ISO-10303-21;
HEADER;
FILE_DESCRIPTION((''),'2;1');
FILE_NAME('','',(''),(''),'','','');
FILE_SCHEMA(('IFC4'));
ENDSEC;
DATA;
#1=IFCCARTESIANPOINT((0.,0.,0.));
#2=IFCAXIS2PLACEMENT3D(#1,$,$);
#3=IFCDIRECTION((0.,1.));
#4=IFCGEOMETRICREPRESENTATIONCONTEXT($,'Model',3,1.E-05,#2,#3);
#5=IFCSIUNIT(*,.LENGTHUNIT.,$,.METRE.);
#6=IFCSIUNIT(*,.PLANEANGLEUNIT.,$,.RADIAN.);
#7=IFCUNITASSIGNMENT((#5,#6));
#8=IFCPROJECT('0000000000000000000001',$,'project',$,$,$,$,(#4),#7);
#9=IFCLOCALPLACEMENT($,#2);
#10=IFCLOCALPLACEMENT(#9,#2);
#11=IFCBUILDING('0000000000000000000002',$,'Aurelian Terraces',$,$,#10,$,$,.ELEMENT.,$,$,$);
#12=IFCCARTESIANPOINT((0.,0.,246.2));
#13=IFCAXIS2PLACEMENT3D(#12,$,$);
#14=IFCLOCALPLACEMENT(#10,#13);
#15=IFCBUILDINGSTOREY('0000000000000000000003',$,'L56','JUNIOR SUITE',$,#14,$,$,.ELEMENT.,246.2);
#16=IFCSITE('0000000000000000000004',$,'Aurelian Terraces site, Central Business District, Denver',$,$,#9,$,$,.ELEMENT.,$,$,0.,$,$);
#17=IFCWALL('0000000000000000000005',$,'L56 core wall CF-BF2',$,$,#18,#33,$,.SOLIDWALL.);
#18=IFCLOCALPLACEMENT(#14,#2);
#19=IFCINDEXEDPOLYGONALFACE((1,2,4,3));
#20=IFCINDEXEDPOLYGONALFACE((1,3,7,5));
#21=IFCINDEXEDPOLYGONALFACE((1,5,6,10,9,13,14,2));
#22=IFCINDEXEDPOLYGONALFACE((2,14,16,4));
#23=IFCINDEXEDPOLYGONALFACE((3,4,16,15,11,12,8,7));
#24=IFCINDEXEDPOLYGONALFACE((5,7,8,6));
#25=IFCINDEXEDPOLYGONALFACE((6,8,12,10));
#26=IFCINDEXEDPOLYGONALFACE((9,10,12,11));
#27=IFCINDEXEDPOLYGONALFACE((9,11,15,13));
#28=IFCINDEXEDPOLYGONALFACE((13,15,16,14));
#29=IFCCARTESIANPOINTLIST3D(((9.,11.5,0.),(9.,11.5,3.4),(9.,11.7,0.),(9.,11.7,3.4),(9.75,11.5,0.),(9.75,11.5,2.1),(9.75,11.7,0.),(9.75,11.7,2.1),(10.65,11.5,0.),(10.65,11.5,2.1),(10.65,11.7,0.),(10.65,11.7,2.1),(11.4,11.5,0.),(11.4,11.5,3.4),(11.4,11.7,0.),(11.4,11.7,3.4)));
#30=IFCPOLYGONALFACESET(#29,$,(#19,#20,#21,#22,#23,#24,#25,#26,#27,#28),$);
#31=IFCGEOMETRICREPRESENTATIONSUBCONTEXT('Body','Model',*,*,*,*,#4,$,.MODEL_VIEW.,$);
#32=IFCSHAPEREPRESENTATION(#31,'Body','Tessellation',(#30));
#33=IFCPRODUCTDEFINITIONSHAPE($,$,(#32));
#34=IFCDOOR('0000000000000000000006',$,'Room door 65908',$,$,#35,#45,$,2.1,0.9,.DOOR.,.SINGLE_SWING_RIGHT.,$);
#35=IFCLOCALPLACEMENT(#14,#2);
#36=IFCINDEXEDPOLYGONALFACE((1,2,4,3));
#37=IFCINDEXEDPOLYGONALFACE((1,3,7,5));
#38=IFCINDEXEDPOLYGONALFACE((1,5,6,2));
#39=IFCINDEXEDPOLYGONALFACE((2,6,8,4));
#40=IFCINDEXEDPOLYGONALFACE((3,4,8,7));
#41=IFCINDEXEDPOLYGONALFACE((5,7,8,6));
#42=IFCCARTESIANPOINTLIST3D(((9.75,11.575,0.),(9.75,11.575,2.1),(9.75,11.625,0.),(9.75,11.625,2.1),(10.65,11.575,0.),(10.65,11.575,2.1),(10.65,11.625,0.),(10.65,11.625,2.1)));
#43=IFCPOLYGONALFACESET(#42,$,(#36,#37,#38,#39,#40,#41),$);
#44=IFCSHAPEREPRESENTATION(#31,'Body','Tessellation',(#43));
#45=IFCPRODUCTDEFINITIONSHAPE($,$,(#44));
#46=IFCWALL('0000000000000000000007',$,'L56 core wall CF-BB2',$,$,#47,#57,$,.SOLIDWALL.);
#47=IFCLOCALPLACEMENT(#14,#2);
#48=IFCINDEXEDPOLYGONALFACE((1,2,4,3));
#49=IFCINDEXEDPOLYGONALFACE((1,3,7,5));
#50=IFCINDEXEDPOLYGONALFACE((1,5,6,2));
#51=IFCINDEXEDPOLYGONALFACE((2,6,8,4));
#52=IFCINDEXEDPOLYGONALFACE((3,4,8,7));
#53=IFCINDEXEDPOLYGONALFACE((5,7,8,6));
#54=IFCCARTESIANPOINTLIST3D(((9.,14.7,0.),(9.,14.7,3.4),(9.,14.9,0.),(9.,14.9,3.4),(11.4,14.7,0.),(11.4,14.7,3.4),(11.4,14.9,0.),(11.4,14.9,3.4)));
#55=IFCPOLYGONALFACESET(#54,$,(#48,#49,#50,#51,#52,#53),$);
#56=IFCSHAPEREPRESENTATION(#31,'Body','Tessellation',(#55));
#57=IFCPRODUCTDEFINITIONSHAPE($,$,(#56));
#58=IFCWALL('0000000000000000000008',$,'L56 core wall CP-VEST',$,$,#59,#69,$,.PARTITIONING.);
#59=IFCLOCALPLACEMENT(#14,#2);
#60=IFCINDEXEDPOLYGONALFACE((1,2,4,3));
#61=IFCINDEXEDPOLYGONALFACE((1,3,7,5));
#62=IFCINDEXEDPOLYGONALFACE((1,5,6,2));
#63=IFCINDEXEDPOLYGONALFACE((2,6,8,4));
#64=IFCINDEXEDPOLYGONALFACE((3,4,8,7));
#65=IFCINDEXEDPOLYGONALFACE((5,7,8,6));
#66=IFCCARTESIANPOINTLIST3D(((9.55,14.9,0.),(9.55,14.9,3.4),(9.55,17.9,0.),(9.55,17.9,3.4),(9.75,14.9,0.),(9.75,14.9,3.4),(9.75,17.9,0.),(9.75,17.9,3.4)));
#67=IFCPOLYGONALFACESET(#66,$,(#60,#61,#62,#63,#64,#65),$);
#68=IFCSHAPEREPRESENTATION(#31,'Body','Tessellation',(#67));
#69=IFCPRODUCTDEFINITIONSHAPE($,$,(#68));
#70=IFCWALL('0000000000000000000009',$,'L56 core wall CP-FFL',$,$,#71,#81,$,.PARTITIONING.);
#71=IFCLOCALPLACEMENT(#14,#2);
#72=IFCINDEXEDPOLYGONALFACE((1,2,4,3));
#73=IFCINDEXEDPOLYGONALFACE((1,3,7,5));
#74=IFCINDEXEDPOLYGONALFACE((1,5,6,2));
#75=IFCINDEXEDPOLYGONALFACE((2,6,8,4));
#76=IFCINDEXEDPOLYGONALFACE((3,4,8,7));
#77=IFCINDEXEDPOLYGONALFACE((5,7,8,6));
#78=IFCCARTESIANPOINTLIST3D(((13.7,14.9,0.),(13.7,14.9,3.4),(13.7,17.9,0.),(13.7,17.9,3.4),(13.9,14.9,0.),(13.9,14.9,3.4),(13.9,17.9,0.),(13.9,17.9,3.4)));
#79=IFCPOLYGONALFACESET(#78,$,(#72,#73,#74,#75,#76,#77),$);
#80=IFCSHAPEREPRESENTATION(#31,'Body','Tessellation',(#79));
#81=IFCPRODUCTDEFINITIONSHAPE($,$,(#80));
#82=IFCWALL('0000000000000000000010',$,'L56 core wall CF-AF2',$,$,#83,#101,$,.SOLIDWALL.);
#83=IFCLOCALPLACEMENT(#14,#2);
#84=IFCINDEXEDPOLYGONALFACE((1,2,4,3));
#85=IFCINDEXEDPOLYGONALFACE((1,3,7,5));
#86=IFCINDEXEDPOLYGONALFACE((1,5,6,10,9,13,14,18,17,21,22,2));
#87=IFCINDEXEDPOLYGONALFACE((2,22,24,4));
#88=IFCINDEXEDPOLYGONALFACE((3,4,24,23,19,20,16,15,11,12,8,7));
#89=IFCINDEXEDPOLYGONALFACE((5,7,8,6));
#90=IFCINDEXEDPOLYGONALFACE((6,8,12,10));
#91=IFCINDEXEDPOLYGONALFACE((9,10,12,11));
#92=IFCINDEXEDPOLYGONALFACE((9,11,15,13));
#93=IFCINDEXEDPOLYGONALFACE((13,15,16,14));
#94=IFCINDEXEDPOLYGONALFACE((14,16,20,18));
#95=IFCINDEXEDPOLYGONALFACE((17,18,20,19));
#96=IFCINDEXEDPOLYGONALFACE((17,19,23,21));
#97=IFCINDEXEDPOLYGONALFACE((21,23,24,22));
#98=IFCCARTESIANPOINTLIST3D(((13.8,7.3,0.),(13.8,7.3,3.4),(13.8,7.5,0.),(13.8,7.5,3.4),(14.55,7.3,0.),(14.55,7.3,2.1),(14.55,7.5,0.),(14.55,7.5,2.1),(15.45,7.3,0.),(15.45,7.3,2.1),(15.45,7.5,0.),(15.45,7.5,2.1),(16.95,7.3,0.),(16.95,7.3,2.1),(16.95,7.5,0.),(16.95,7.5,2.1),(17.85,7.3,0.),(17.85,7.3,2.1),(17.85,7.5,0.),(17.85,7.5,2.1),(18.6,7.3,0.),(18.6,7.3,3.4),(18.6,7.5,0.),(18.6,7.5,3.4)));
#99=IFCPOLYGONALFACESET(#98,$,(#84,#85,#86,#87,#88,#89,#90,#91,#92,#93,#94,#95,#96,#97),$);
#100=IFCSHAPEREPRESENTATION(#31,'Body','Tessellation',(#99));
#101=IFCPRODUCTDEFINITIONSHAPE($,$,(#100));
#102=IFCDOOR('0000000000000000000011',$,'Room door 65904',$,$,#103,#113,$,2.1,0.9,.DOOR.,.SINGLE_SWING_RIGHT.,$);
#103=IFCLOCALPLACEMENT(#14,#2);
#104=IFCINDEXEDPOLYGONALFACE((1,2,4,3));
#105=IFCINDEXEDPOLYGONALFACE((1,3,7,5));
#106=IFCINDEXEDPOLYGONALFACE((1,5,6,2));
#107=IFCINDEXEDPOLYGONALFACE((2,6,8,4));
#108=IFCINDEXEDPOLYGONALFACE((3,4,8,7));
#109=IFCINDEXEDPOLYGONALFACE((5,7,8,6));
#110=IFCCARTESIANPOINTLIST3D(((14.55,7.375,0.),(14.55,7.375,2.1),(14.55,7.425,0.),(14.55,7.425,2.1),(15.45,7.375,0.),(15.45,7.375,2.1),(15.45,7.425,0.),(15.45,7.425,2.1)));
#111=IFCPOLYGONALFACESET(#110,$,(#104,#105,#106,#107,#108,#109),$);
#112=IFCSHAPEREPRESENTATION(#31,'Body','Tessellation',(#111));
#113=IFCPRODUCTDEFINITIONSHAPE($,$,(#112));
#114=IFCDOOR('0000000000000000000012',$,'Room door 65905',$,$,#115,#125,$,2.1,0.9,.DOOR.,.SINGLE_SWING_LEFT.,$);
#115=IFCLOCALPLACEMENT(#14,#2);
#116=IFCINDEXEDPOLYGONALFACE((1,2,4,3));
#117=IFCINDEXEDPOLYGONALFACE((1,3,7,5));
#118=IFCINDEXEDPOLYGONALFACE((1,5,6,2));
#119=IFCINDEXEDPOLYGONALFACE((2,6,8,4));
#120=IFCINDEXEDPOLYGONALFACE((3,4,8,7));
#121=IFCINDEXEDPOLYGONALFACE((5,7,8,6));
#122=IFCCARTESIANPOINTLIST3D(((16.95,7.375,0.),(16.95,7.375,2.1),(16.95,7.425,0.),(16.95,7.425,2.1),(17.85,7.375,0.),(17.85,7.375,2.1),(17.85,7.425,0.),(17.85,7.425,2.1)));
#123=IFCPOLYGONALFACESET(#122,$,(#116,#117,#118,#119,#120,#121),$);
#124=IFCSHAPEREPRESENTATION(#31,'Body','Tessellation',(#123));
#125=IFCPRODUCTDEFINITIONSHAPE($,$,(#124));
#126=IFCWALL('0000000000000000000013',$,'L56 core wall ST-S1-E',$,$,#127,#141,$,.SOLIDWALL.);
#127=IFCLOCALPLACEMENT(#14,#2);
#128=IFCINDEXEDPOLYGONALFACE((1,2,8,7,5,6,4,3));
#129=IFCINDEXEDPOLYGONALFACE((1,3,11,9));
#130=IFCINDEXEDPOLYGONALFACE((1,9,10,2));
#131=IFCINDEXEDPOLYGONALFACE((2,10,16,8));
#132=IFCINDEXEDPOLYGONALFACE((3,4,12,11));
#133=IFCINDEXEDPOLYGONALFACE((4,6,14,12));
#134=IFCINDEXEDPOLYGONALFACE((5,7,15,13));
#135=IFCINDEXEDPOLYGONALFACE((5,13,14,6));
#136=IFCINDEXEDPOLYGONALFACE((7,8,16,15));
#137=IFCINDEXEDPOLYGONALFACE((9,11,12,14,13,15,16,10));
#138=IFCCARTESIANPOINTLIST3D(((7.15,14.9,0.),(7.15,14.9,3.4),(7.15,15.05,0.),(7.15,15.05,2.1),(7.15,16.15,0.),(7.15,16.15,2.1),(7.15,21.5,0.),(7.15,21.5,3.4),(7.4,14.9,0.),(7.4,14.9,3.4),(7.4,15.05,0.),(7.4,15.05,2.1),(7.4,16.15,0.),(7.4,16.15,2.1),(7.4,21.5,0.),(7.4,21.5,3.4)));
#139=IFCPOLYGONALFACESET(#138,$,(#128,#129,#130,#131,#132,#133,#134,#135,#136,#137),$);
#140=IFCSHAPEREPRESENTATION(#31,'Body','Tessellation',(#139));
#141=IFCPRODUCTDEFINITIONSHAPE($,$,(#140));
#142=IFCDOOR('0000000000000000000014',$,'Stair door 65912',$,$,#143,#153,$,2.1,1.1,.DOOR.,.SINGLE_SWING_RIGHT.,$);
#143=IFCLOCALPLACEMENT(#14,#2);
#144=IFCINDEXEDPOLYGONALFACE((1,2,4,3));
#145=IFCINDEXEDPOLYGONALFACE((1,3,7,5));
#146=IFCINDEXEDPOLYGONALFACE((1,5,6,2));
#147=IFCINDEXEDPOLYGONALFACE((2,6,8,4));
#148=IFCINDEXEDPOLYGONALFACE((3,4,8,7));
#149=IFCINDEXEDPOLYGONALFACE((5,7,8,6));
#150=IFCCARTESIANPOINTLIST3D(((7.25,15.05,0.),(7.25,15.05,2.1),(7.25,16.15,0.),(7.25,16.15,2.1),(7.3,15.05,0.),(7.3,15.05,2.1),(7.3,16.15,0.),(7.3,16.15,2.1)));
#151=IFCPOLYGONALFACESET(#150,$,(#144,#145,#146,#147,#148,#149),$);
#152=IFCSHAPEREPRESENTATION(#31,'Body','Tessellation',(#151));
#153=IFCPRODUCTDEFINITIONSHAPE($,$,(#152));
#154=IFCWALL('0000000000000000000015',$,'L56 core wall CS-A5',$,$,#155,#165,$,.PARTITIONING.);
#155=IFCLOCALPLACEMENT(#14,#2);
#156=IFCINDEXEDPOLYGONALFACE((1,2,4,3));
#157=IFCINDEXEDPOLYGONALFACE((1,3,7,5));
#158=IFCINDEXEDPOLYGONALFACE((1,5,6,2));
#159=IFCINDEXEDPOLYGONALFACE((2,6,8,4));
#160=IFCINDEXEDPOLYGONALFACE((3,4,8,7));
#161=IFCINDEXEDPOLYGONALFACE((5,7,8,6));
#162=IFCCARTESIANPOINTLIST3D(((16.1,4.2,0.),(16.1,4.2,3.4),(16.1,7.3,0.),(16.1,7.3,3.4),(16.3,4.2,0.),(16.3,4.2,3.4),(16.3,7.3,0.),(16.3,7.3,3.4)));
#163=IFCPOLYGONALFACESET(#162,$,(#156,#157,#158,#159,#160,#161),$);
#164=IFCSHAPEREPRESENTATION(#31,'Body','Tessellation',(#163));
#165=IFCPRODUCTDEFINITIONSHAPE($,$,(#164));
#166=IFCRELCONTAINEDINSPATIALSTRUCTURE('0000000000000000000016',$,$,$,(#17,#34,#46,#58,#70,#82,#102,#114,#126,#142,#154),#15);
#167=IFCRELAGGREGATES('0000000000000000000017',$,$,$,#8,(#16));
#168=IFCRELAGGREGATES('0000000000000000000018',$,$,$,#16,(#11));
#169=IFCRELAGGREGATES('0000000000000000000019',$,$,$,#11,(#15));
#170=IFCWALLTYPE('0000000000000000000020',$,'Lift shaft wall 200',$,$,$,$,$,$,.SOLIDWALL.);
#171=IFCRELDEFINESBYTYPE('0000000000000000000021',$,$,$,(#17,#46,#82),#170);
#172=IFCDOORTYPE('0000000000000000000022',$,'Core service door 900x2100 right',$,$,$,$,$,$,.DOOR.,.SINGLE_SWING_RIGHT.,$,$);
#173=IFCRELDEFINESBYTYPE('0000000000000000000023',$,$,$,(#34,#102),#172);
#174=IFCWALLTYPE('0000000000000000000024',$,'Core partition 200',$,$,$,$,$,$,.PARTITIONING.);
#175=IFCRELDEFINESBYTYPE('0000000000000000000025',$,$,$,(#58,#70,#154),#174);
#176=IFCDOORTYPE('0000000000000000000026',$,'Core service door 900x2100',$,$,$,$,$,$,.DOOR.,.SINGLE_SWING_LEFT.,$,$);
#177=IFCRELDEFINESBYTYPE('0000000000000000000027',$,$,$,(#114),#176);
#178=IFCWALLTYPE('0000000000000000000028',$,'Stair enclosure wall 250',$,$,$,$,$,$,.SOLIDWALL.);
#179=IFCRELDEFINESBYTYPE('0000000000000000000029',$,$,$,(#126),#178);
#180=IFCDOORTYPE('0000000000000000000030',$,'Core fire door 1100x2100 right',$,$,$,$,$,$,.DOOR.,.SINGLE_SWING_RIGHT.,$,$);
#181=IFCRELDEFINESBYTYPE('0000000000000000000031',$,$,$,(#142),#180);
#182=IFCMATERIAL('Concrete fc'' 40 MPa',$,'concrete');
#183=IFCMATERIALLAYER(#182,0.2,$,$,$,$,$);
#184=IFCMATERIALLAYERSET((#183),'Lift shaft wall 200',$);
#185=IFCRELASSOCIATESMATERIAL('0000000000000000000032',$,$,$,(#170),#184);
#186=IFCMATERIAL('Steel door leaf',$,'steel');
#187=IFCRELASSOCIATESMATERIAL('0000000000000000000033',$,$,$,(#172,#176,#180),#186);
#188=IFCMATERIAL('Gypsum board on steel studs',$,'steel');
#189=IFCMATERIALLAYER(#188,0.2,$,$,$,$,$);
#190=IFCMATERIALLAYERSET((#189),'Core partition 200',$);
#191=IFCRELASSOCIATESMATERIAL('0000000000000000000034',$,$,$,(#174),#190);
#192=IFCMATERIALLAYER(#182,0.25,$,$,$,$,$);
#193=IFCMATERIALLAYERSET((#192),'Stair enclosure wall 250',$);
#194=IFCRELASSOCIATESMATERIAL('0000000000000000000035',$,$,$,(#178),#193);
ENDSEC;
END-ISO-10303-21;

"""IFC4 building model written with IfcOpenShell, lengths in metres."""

from ifc_helpers import new_model, si_unit, direction, frame, frame_2d, origin, place, context, subcontext, project, spatial, rectangle, extrude, source, transform, mapped, material, layer, layer_set, type_object, element, fill, save


model = new_model("IFC4")

# Units and contexts
model_context = context("Model", 3, precision=1e-05, world=origin(), true_north=direction((0.0, 1.0)))
body_context = subcontext(model_context, "Body", "Model", "MODEL_VIEW")
ifc_project = project(units=[si_unit("LENGTHUNIT", "METRE"), si_unit("PLANEANGLEUNIT", "RADIAN")], contexts=[model_context])

# Site, building, storey
site_placement = place(None, origin())
site = spatial("IfcSite", under=ifc_project, at=site_placement, Name="Aurelian Terraces site, Central Business District, Denver", CompositionType="ELEMENT", RefElevation=0.0)
building_placement = place(site_placement, origin())
building = spatial("IfcBuilding", under=site, at=building_placement, Name="Aurelian Terraces", CompositionType="ELEMENT")
storey_placement = place(building_placement, frame((0.0, 0.0, 246.2)))
storey = spatial("IfcBuildingStorey", under=building, at=storey_placement, Name="L56", Description="JUNIOR SUITE", CompositionType="ELEMENT", Elevation=246.2)

# Shared definitions
ifc_material_1 = material(Name="Concrete fc' 40 MPa", Category="concrete")
ifc_layer_1 = layer(ifc_material_1, 0.2)
ifc_layer_set_1 = layer_set([ifc_layer_1], Name="Lift shaft wall 200")
wall_type_1 = type_object("IfcWallType", Name="Lift shaft wall 200", PredefinedType="SOLIDWALL", material=ifc_layer_set_1)

# Shared definitions
shared_shape_1 = source(origin(), body_context, "Body", "SweptSolid", [
    extrude(rectangle(XDim=1.1, YDim=2.1, at=frame_2d((0.55, 1.05))), frame((0.0, 0.025, 0.0), z_axis=(0.0, -1.0, 0.0), x_axis=(1.0, 0.0, 0.0)), (0.0, 0.0, 1.0), 0.05),
])

# Wall, opening, door
shared_shape_2 = source(origin(), body_context, "Body", "SweptSolid", [
    extrude(rectangle(XDim=2.4, YDim=0.2, at=frame_2d((1.2, 0.0))), origin(), (0.0, 0.0, 1.0), 3.4),
])
wall_1_placement = place(storey_placement, frame((9.0, 11.6, 0.0), z_axis=(0.0, 0.0, 1.0), x_axis=(1.0, 0.0, 0.0)))
wall_1 = element("IfcWall", 1, at=wall_1_placement, inside=storey, type_object=wall_type_1, Name="L56 core wall CF-BF2", PredefinedType="SOLIDWALL", context=body_context, shape_type="MappedRepresentation", body=[
    mapped(shared_shape_2, transform((0.0, 0.0, 0.0), scale=1.0)),
])
shared_shape_3 = source(origin(), body_context, "Body", "SweptSolid", [
    extrude(rectangle(XDim=0.9, YDim=2.1, at=frame_2d((0.45, 1.05))), frame((0.0, 0.11, 0.0), z_axis=(0.0, -1.0, 0.0), x_axis=(1.0, 0.0, 0.0)), (0.0, 0.0, 1.0), 0.22),
])
opening_1_placement = place(wall_1_placement, frame((0.75, 0.0, 0.0)))
opening_1 = element("IfcOpeningElement", 2, at=opening_1_placement, cuts=wall_1, PredefinedType="OPENING", context=body_context, shape_type="MappedRepresentation", body=[
    mapped(shared_shape_3, transform((0.0, 0.0, 0.0), scale=1.0)),
])
ifc_material_2 = material(Name="Steel door leaf", Category="steel")
door_type_1 = type_object("IfcDoorType", Name="Core service door 900x2100 right", OperationType="SINGLE_SWING_RIGHT", PredefinedType="DOOR", material=ifc_material_2)
shared_shape_4 = source(origin(), body_context, "Body", "SweptSolid", [
    extrude(rectangle(XDim=0.9, YDim=2.1, at=frame_2d((0.45, 1.05))), frame((0.0, 0.025, 0.0), z_axis=(0.0, -1.0, 0.0), x_axis=(1.0, 0.0, 0.0)), (0.0, 0.0, 1.0), 0.05),
])
door_1_placement = place(opening_1_placement, origin())
door_1 = element("IfcDoor", 3, at=door_1_placement, inside=storey, type_object=door_type_1, Name="Room door 65908", OperationType="SINGLE_SWING_RIGHT", OverallHeight=2.1, OverallWidth=0.9, PredefinedType="DOOR", context=body_context, shape_type="MappedRepresentation", body=[
    mapped(shared_shape_4, transform((0.0, 0.0, 0.0), scale=1.0)),
])
fill(opening_1, door_1)

# Walls
wall_2_placement = place(storey_placement, frame((9.0, 14.8, 0.0), z_axis=(0.0, 0.0, 1.0), x_axis=(1.0, 0.0, 0.0)))
element("IfcWall", 4, at=wall_2_placement, inside=storey, type_object=wall_type_1, Name="L56 core wall CF-BB2", PredefinedType="SOLIDWALL", context=body_context, shape_type="MappedRepresentation", body=[
    mapped(shared_shape_2, transform((0.0, 0.0, 0.0), scale=1.0)),
])
ifc_material_3 = material(Name="Gypsum board on steel studs", Category="steel")
ifc_layer_2 = layer(ifc_material_3, 0.2)
ifc_layer_set_2 = layer_set([ifc_layer_2], Name="Core partition 200")
wall_type_2 = type_object("IfcWallType", Name="Core partition 200", PredefinedType="PARTITIONING", material=ifc_layer_set_2)
shared_shape_5 = source(origin(), body_context, "Body", "SweptSolid", [
    extrude(rectangle(XDim=3.0, YDim=0.2, at=frame_2d((1.5, 0.0))), origin(), (0.0, 0.0, 1.0), 3.4),
])
for number, where, z_axis, x_axis, name in (
    (5, (9.65, 14.9, 0.0), (0.0, 0.0, 1.0), (0.0, 1.0, 0.0), "L56 core wall CP-VEST"),
    (6, (13.8, 14.9, 0.0), (0.0, 0.0, 1.0), (0.0, 1.0, 0.0), "L56 core wall CP-FFL"),
):
    element("IfcWall", number, at=place(storey_placement, frame(where, z_axis=z_axis, x_axis=x_axis)), inside=storey, type_object=wall_type_2, Name=name, PredefinedType="PARTITIONING", context=body_context, shape_type="MappedRepresentation", body=[
        mapped(shared_shape_5, transform((0.0, 0.0, 0.0), scale=1.0)),
    ])

# Wall, openings, doors
shared_shape_6 = source(origin(), body_context, "Body", "SweptSolid", [
    extrude(rectangle(XDim=4.8, YDim=0.2, at=frame_2d((2.4, 0.0))), origin(), (0.0, 0.0, 1.0), 3.4),
])
wall_3_placement = place(storey_placement, frame((13.8, 7.4, 0.0), z_axis=(0.0, 0.0, 1.0), x_axis=(1.0, 0.0, 0.0)))
wall_3 = element("IfcWall", 7, at=wall_3_placement, inside=storey, type_object=wall_type_1, Name="L56 core wall CF-AF2", PredefinedType="SOLIDWALL", context=body_context, shape_type="MappedRepresentation", body=[
    mapped(shared_shape_6, transform((0.0, 0.0, 0.0), scale=1.0)),
])
opening_2_placement = place(wall_3_placement, frame((0.75, 0.0, 0.0)))
opening_2 = element("IfcOpeningElement", 8, at=opening_2_placement, cuts=wall_3, PredefinedType="OPENING", context=body_context, shape_type="MappedRepresentation", body=[
    mapped(shared_shape_3, transform((0.0, 0.0, 0.0), scale=1.0)),
])
opening_3_placement = place(wall_3_placement, frame((3.15, 0.0, 0.0)))
opening_3 = element("IfcOpeningElement", 9, at=opening_3_placement, cuts=wall_3, PredefinedType="OPENING", context=body_context, shape_type="MappedRepresentation", body=[
    mapped(shared_shape_3, transform((0.0, 0.0, 0.0), scale=1.0)),
])
door_2_placement = place(opening_2_placement, origin())
door_2 = element("IfcDoor", 10, at=door_2_placement, inside=storey, type_object=door_type_1, Name="Room door 65904", OperationType="SINGLE_SWING_RIGHT", OverallHeight=2.1, OverallWidth=0.9, PredefinedType="DOOR", context=body_context, shape_type="MappedRepresentation", body=[
    mapped(shared_shape_4, transform((0.0, 0.0, 0.0), scale=1.0)),
])
fill(opening_2, door_2)
door_type_2 = type_object("IfcDoorType", Name="Core service door 900x2100", OperationType="SINGLE_SWING_LEFT", PredefinedType="DOOR", material=ifc_material_2)
door_3_placement = place(opening_3_placement, origin())
door_3 = element("IfcDoor", 11, at=door_3_placement, inside=storey, type_object=door_type_2, Name="Room door 65905", OperationType="SINGLE_SWING_LEFT", OverallHeight=2.1, OverallWidth=0.9, PredefinedType="DOOR", context=body_context, shape_type="MappedRepresentation", body=[
    mapped(shared_shape_4, transform((0.0, 0.0, 0.0), scale=1.0)),
])
fill(opening_3, door_3)

# Wall, opening, door
ifc_layer_3 = layer(ifc_material_1, 0.25)
ifc_layer_set_3 = layer_set([ifc_layer_3], Name="Stair enclosure wall 250")
wall_type_3 = type_object("IfcWallType", Name="Stair enclosure wall 250", PredefinedType="SOLIDWALL", material=ifc_layer_set_3)
shared_shape_7 = source(origin(), body_context, "Body", "SweptSolid", [
    extrude(rectangle(XDim=6.6, YDim=0.25, at=frame_2d((3.3, 0.0))), origin(), (0.0, 0.0, 1.0), 3.4),
])
wall_4_placement = place(storey_placement, frame((7.275, 14.9, 0.0), z_axis=(0.0, 0.0, 1.0), x_axis=(0.0, 1.0, 0.0)))
wall_4 = element("IfcWall", 12, at=wall_4_placement, inside=storey, type_object=wall_type_3, Name="L56 core wall ST-S1-E", PredefinedType="SOLIDWALL", context=body_context, shape_type="MappedRepresentation", body=[
    mapped(shared_shape_7, transform((0.0, 0.0, 0.0), scale=1.0)),
])
shared_shape_8 = source(origin(), body_context, "Body", "SweptSolid", [
    extrude(rectangle(XDim=1.1, YDim=2.1, at=frame_2d((0.55, 1.05))), frame((0.0, 0.135, 0.0), z_axis=(0.0, -1.0, 0.0), x_axis=(1.0, 0.0, 0.0)), (0.0, 0.0, 1.0), 0.27),
])
opening_4_placement = place(wall_4_placement, frame((0.15, 0.0, 0.0)))
opening_4 = element("IfcOpeningElement", 13, at=opening_4_placement, cuts=wall_4, PredefinedType="OPENING", context=body_context, shape_type="MappedRepresentation", body=[
    mapped(shared_shape_8, transform((0.0, 0.0, 0.0), scale=1.0)),
])
door_type_3 = type_object("IfcDoorType", Name="Core fire door 1100x2100 right", OperationType="SINGLE_SWING_RIGHT", PredefinedType="DOOR", material=ifc_material_2)
door_4_placement = place(opening_4_placement, origin())
door_4 = element("IfcDoor", 14, at=door_4_placement, inside=storey, type_object=door_type_3, Name="Stair door 65912", OperationType="SINGLE_SWING_RIGHT", OverallHeight=2.1, OverallWidth=1.1, PredefinedType="DOOR", context=body_context, shape_type="MappedRepresentation", body=[
    mapped(shared_shape_1, transform((0.0, 0.0, 0.0), scale=1.0)),
])
fill(opening_4, door_4)

# Wall
shared_shape_9 = source(origin(), body_context, "Body", "SweptSolid", [
    extrude(rectangle(XDim=3.1, YDim=0.2, at=frame_2d((1.55, 0.0))), origin(), (0.0, 0.0, 1.0), 3.4),
])
wall_5_placement = place(storey_placement, frame((16.2, 4.2, 0.0), z_axis=(0.0, 0.0, 1.0), x_axis=(0.0, 1.0, 0.0)))
element("IfcWall", 15, at=wall_5_placement, inside=storey, type_object=wall_type_2, Name="L56 core wall CS-A5", PredefinedType="PARTITIONING", context=body_context, shape_type="MappedRepresentation", body=[
    mapped(shared_shape_9, transform((0.0, 0.0, 0.0), scale=1.0)),
])

save(model, "model.ifc")
